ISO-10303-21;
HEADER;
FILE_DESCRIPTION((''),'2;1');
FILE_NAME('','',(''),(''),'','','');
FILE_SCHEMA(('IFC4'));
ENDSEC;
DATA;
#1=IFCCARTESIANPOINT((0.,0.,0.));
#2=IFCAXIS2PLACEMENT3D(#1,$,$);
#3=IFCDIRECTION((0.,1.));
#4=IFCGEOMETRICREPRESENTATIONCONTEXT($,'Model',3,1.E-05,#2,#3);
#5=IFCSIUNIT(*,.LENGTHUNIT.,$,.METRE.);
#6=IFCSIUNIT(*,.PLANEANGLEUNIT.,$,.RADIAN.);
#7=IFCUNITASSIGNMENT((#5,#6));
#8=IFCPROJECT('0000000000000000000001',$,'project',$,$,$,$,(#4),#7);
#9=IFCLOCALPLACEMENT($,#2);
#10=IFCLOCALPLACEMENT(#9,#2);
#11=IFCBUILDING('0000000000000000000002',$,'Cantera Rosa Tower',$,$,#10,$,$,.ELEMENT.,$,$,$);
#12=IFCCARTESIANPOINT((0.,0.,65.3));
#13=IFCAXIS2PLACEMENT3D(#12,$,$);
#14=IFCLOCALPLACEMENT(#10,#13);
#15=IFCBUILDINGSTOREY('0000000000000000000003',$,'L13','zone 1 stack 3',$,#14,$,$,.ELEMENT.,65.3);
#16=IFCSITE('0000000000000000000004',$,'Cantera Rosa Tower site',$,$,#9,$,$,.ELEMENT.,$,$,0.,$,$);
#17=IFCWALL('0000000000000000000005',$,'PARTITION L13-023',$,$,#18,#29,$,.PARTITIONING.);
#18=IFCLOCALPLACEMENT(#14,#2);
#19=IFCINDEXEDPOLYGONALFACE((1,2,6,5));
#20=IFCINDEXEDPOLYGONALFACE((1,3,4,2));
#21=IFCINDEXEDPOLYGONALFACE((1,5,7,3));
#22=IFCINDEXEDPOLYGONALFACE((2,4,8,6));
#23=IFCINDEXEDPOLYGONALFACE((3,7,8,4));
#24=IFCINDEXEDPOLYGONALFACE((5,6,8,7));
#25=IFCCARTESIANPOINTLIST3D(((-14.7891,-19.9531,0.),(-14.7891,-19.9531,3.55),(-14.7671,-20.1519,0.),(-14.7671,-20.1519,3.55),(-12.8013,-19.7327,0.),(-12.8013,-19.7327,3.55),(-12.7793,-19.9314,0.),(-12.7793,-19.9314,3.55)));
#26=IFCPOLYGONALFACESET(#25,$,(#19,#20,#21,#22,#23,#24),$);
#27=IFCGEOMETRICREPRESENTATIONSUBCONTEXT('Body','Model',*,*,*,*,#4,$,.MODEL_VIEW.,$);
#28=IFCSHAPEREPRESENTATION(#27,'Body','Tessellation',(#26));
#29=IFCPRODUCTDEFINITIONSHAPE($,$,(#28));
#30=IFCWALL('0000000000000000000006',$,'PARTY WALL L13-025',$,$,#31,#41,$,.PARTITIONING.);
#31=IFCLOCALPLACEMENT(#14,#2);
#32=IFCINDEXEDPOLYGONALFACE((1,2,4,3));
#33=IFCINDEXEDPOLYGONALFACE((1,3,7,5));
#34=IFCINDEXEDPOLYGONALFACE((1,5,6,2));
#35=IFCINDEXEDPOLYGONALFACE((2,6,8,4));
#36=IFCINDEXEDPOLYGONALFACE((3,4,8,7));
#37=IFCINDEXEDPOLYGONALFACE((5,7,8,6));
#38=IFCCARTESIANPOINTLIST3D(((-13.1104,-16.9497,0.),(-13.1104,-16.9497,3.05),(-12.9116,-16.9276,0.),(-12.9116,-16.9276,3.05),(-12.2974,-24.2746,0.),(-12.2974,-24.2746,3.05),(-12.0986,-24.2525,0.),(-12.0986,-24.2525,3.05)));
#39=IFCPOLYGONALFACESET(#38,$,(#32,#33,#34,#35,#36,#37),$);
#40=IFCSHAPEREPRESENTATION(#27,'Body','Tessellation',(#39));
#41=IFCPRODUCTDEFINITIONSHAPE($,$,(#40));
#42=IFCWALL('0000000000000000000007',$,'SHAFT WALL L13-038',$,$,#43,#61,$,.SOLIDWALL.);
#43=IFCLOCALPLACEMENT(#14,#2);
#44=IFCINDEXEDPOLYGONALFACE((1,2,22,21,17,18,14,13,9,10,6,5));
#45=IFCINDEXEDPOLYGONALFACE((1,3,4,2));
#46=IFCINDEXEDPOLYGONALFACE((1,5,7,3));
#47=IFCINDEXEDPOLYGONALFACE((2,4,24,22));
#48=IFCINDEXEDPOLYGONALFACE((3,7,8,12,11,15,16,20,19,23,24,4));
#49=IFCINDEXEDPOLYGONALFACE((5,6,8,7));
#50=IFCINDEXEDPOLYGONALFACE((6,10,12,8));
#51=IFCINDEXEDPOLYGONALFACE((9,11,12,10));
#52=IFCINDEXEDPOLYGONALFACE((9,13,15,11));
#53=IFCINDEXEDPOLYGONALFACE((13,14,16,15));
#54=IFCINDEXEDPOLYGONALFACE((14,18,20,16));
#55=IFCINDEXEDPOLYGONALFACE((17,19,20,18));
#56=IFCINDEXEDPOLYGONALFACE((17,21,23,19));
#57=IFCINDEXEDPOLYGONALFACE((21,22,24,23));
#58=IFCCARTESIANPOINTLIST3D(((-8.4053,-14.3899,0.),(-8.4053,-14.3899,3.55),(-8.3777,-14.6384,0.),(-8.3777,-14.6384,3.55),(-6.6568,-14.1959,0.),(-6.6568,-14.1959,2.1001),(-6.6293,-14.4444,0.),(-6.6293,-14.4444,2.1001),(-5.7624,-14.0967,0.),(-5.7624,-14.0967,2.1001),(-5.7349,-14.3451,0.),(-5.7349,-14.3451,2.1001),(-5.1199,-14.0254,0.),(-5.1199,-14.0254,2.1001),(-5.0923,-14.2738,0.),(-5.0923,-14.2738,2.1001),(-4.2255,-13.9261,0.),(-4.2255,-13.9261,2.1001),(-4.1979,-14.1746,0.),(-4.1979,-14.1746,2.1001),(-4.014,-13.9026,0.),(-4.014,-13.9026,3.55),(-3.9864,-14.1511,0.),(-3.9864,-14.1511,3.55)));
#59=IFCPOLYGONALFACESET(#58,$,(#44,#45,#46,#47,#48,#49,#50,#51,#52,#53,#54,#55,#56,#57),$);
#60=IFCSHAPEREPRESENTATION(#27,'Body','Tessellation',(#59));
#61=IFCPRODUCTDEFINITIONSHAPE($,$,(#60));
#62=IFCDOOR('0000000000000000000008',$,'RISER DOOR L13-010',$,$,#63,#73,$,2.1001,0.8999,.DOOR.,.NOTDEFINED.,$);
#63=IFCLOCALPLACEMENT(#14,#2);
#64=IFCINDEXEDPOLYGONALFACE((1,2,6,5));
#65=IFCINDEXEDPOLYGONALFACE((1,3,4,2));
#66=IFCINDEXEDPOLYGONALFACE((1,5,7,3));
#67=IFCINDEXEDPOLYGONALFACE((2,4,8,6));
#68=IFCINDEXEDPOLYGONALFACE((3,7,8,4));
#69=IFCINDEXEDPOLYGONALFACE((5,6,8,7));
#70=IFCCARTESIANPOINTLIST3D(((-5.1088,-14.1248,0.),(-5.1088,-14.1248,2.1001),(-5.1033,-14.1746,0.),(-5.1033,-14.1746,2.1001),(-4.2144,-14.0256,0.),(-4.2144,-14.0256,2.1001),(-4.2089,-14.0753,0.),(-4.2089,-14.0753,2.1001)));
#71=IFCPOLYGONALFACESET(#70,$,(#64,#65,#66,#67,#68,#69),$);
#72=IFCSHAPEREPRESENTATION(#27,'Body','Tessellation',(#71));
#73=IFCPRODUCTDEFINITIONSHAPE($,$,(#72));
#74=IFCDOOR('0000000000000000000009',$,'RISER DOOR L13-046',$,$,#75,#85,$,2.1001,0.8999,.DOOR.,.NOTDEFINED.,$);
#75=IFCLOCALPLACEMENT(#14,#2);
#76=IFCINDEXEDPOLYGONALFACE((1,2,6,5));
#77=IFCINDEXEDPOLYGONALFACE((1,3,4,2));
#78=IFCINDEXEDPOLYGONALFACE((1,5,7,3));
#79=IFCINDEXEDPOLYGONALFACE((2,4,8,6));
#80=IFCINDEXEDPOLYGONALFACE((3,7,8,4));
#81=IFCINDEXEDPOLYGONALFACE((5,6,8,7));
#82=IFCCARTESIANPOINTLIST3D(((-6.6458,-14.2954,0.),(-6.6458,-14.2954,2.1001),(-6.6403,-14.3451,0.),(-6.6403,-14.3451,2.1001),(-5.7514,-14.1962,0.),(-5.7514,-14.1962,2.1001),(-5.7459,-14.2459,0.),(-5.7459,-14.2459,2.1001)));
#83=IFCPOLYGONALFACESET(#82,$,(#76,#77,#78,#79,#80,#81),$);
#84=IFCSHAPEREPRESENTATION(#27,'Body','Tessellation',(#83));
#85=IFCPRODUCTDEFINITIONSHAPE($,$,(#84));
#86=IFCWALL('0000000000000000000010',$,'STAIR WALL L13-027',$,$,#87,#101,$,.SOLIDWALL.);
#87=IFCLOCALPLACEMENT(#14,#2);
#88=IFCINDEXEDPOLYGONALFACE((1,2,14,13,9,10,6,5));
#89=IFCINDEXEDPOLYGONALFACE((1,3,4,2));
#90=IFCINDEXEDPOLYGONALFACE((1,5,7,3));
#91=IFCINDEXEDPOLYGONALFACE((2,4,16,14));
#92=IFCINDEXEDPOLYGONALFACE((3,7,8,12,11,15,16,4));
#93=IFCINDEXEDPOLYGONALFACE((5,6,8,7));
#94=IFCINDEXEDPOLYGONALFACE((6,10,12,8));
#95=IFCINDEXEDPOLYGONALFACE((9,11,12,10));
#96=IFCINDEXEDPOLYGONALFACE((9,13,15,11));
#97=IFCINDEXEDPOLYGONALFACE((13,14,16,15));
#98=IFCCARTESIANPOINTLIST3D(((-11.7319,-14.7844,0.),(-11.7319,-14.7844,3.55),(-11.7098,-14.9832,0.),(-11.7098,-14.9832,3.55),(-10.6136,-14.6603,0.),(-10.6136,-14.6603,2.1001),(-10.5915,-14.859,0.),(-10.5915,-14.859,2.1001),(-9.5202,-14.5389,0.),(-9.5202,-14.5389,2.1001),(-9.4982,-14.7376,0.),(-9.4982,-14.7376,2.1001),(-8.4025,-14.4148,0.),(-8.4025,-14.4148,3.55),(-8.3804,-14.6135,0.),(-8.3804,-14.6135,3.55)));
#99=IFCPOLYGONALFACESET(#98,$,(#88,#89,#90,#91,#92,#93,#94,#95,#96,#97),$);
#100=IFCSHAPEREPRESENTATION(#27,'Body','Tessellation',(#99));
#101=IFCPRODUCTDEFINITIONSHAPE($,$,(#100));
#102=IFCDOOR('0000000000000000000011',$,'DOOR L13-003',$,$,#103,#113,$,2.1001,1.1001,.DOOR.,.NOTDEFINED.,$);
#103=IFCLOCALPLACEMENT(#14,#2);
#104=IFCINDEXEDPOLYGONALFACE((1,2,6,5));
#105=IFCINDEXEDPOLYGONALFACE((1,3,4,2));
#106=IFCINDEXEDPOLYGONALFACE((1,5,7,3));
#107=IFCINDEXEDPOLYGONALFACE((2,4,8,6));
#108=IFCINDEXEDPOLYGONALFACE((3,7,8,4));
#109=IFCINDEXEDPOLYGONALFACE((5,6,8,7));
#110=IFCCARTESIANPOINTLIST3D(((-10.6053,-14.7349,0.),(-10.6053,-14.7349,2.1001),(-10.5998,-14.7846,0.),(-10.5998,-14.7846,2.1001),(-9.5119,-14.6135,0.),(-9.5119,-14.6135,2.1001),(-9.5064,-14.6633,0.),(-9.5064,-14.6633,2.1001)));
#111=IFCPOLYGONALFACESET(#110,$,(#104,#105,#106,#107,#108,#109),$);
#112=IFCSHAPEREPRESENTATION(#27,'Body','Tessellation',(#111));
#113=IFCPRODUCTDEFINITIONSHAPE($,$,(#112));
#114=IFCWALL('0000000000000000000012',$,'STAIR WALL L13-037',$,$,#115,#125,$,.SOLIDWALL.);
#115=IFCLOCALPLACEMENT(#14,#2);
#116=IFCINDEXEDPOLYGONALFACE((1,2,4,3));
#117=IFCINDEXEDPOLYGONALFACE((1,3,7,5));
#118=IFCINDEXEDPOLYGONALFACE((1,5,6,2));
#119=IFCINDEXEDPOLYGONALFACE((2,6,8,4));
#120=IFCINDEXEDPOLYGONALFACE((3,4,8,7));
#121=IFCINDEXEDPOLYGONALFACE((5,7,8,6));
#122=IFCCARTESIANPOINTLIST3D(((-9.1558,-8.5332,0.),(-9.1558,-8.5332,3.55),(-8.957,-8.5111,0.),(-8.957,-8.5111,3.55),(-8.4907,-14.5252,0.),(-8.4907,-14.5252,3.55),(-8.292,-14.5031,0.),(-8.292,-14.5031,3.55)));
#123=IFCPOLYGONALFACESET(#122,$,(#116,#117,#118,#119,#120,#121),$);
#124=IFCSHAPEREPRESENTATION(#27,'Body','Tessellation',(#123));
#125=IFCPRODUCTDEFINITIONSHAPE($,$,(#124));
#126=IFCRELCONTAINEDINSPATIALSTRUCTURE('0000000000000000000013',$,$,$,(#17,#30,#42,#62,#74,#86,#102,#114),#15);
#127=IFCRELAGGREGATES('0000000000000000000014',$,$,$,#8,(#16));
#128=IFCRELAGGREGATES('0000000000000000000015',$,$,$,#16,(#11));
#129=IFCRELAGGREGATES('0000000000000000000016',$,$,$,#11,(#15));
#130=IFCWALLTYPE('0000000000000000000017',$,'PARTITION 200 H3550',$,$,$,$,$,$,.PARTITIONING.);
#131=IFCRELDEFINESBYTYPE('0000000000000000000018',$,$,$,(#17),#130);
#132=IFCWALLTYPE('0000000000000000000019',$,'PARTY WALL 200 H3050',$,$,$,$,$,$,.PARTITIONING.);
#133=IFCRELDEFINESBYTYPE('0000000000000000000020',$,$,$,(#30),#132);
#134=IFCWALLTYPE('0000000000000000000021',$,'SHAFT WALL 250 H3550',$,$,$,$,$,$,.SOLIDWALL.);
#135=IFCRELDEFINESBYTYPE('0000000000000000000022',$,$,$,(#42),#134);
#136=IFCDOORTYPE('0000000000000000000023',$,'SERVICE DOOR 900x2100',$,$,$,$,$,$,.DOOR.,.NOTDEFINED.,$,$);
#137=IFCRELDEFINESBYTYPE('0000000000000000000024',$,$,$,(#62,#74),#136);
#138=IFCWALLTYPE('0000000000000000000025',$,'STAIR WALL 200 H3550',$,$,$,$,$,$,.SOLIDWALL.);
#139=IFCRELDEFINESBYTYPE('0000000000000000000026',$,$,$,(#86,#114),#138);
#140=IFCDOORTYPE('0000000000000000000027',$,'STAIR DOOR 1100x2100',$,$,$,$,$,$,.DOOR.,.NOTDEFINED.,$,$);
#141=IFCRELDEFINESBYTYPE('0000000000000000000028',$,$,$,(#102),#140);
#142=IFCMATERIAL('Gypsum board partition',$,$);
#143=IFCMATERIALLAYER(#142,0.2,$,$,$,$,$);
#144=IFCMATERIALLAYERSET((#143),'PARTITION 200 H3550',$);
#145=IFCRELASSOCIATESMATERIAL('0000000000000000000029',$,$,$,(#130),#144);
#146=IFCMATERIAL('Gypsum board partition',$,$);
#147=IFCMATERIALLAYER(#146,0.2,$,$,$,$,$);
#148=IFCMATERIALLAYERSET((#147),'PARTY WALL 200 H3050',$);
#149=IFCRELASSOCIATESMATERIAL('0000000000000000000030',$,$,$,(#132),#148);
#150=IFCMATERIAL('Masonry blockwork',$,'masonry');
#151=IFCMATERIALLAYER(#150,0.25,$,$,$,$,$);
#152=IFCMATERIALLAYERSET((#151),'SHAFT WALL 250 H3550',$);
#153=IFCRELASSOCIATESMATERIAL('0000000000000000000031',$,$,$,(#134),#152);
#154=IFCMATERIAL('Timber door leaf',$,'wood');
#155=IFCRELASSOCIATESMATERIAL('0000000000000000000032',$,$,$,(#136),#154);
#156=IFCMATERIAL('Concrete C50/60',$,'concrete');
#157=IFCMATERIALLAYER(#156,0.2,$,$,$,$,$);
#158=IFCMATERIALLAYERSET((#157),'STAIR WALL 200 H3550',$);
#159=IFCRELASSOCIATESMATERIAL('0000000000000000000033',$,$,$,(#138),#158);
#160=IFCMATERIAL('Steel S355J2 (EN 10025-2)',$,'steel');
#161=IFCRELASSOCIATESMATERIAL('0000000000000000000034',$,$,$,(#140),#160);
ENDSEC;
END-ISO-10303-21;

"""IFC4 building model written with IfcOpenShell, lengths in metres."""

from ifc_helpers import new_model, si_unit, direction, frame, frame_2d, origin, place, context, subcontext, project, spatial, rectangle, extrude, material, layer, layer_set, type_object, element, fill, save


model = new_model("IFC4")

# Units and contexts
model_context = context("Model", 3, precision=1e-05, world=origin(), true_north=direction((0.0, 1.0)))
body_context = subcontext(model_context, "Body", "Model", "MODEL_VIEW")
ifc_project = project(units=[si_unit("LENGTHUNIT", "METRE"), si_unit("PLANEANGLEUNIT", "RADIAN")], contexts=[model_context])

# Site, building, storey
site_placement = place(None, origin())
site = spatial("IfcSite", under=ifc_project, at=site_placement, Name="Cantera Rosa Tower site", CompositionType="ELEMENT", RefElevation=0.0)
building_placement = place(site_placement, origin())
building = spatial("IfcBuilding", under=site, at=building_placement, Name="Cantera Rosa Tower", CompositionType="ELEMENT")
storey_placement = place(building_placement, frame((0.0, 0.0, 65.3)))
storey = spatial("IfcBuildingStorey", under=building, at=storey_placement, Name="L13", Description="zone 1 stack 3", CompositionType="ELEMENT", Elevation=65.3)

# Walls
ifc_material_1 = material(Name="Gypsum board partition")
ifc_layer_1 = layer(ifc_material_1, 0.2)
ifc_layer_set_1 = layer_set([ifc_layer_1], Name="PARTITION 200 H3550")
wall_type_1 = type_object("IfcWallType", Name="PARTITION 200 H3550", PredefinedType="PARTITIONING", material=ifc_layer_set_1)
wall_1_placement = place(storey_placement, frame((-12.7903, -19.832, 0.0), z_axis=(0.0, 0.0, 1.0), x_axis=(-0.993906, -0.110231, 0.0)))
element("IfcWall", 1, at=wall_1_placement, inside=storey, type_object=wall_type_1, Name="PARTITION L13-023", PredefinedType="PARTITIONING", context=body_context, shape_type="SweptSolid", body=[
    extrude(rectangle(XDim=2.0, YDim=0.2, at=frame_2d((1.0, 0.0))), origin(), (0.0, 0.0, 1.0), 3.55),
])
ifc_material_2 = material(Name="Gypsum board partition")
ifc_layer_2 = layer(ifc_material_2, 0.2)
ifc_layer_set_2 = layer_set([ifc_layer_2], Name="PARTY WALL 200 H3050")
wall_type_2 = type_object("IfcWallType", Name="PARTY WALL 200 H3050", PredefinedType="PARTITIONING", material=ifc_layer_set_2)
wall_2_placement = place(storey_placement, frame((-12.198, -24.2637, 0.0), z_axis=(0.0, 0.0, 1.0), x_axis=(-0.110312, 0.993897, 0.0)))
element("IfcWall", 2, at=wall_2_placement, inside=storey, type_object=wall_type_2, Name="PARTY WALL L13-025", PredefinedType="PARTITIONING", context=body_context, shape_type="SweptSolid", body=[
    extrude(rectangle(XDim=7.3699, YDim=0.2, at=frame_2d((3.6851, 0.0))), origin(), (0.0, 0.0, 1.0), 3.05),
])

# Wall, openings, doors
ifc_material_3 = material(Name="Masonry blockwork", Category="masonry")
ifc_layer_3 = layer(ifc_material_3, 0.25)
ifc_layer_set_3 = layer_set([ifc_layer_3], Name="SHAFT WALL 250 H3550")
wall_type_3 = type_object("IfcWallType", Name="SHAFT WALL 250 H3550", PredefinedType="SOLIDWALL", material=ifc_layer_set_3)
wall_3_placement = place(storey_placement, frame((-8.3914, -14.5142, 0.0), z_axis=(0.0, 0.0, 1.0), x_axis=(0.993899, 0.110292, 0.0)))
wall_3 = element("IfcWall", 3, at=wall_3_placement, inside=storey, type_object=wall_type_3, Name="SHAFT WALL L13-038", PredefinedType="SOLIDWALL", context=body_context, shape_type="SweptSolid", body=[
    extrude(rectangle(XDim=4.4182, YDim=0.25, at=frame_2d((2.209, 0.0))), origin(), (0.0, 0.0, 1.0), 3.55),
])
opening_1_placement = place(wall_3_placement, frame((3.3054, 0.0, 0.0)))
opening_1 = element("IfcOpeningElement", 4, at=opening_1_placement, cuts=wall_3, PredefinedType="OPENING", context=body_context, shape_type="SweptSolid", body=[
    extrude(rectangle(XDim=0.8999, YDim=2.1001, at=frame_2d((0.45, 1.05))), frame((0.0, 0.135, 0.0), z_axis=(0.0, -1.0, 0.0), x_axis=(1.0, 0.0, 0.0)), (0.0, 0.0, 1.0), 0.27),
])
opening_2_placement = place(wall_3_placement, frame((1.759, 0.0, 0.0)))
opening_2 = element("IfcOpeningElement", 5, at=opening_2_placement, cuts=wall_3, PredefinedType="OPENING", context=body_context, shape_type="SweptSolid", body=[
    extrude(rectangle(XDim=0.8999, YDim=2.1001, at=frame_2d((0.45, 1.05))), frame((0.0, 0.135, 0.0), z_axis=(0.0, -1.0, 0.0), x_axis=(1.0, 0.0, 0.0)), (0.0, 0.0, 1.0), 0.27),
])
ifc_material_4 = material(Name="Timber door leaf", Category="wood")
door_type_1 = type_object("IfcDoorType", Name="SERVICE DOOR 900x2100", OperationType="NOTDEFINED", PredefinedType="DOOR", material=ifc_material_4)
door_1_placement = place(opening_1_placement, origin())
door_1 = element("IfcDoor", 6, at=door_1_placement, inside=storey, type_object=door_type_1, Name="RISER DOOR L13-010", OperationType="NOTDEFINED", OverallHeight=2.1001, OverallWidth=0.8999, PredefinedType="DOOR", context=body_context, shape_type="SweptSolid", body=[
    extrude(rectangle(XDim=0.8999, YDim=2.1001, at=frame_2d((0.45, 1.05))), frame((0.0, 0.0249, 0.0), z_axis=(0.0, -1.0, 0.0), x_axis=(1.0, 0.0, 0.0)), (0.0, 0.0, 1.0), 0.05),
])
fill(opening_1, door_1)
door_2_placement = place(opening_2_placement, origin())
door_2 = element("IfcDoor", 7, at=door_2_placement, inside=storey, type_object=door_type_1, Name="RISER DOOR L13-046", OperationType="NOTDEFINED", OverallHeight=2.1001, OverallWidth=0.8999, PredefinedType="DOOR", context=body_context, shape_type="SweptSolid", body=[
    extrude(rectangle(XDim=0.8999, YDim=2.1001, at=frame_2d((0.45, 1.05))), frame((0.0, 0.0249, 0.0), z_axis=(0.0, -1.0, 0.0), x_axis=(1.0, 0.0, 0.0)), (0.0, 0.0, 1.0), 0.05),
])
fill(opening_2, door_2)

# Wall, opening, door
ifc_material_5 = material(Name="Concrete C50/60", Category="concrete")
ifc_layer_4 = layer(ifc_material_5, 0.2)
ifc_layer_set_4 = layer_set([ifc_layer_4], Name="STAIR WALL 200 H3550")
wall_type_4 = type_object("IfcWallType", Name="STAIR WALL 200 H3550", PredefinedType="SOLIDWALL", material=ifc_layer_set_4)
wall_4_placement = place(storey_placement, frame((-11.7207, -14.8838, 0.0), z_axis=(0.0, 0.0, 1.0), x_axis=(0.993894, 0.110344, 0.0)))
wall_4 = element("IfcWall", 8, at=wall_4_placement, inside=storey, type_object=wall_type_4, Name="STAIR WALL L13-027", PredefinedType="SOLIDWALL", context=body_context, shape_type="SweptSolid", body=[
    extrude(rectangle(XDim=3.3499, YDim=0.2, at=frame_2d((1.6748, 0.0))), origin(), (0.0, 0.0, 1.0), 3.55),
])
opening_3_placement = place(wall_4_placement, frame((1.125, 0.0, 0.0)))
opening_3 = element("IfcOpeningElement", 9, at=opening_3_placement, cuts=wall_4, PredefinedType="OPENING", context=body_context, shape_type="SweptSolid", body=[
    extrude(rectangle(XDim=1.1001, YDim=2.1001, at=frame_2d((0.55, 1.05))), frame((0.0, 0.1099, 0.0), z_axis=(0.0, -1.0, 0.0), x_axis=(1.0, 0.0, 0.0)), (0.0, 0.0, 1.0), 0.22),
])
ifc_material_6 = material(Name="Steel S355J2 (EN 10025-2)", Category="steel")
door_type_2 = type_object("IfcDoorType", Name="STAIR DOOR 1100x2100", OperationType="NOTDEFINED", PredefinedType="DOOR", material=ifc_material_6)
door_3_placement = place(opening_3_placement, origin())
door_3 = element("IfcDoor", 10, at=door_3_placement, inside=storey, type_object=door_type_2, Name="DOOR L13-003", OperationType="NOTDEFINED", OverallHeight=2.1001, OverallWidth=1.1001, PredefinedType="DOOR", context=body_context, shape_type="SweptSolid", body=[
    extrude(rectangle(XDim=1.1001, YDim=2.1001, at=frame_2d((0.55, 1.05))), frame((0.0, 0.0249, 0.0), z_axis=(0.0, -1.0, 0.0), x_axis=(1.0, 0.0, 0.0)), (0.0, 0.0, 1.0), 0.05),
])
fill(opening_3, door_3)

# Wall
wall_5_placement = place(storey_placement, frame((-8.3914, -14.5142, 0.0), z_axis=(0.0, 0.0, 1.0), x_axis=(-0.110312, 0.993897, 0.0)))
element("IfcWall", 11, at=wall_5_placement, inside=storey, type_object=wall_type_4, Name="STAIR WALL L13-037", PredefinedType="SOLIDWALL", context=body_context, shape_type="SweptSolid", body=[
    extrude(rectangle(XDim=6.0288, YDim=0.2, at=frame_2d((3.0144, 0.0))), origin(), (0.0, 0.0, 1.0), 3.55),
])

save(model, "model.ifc")
